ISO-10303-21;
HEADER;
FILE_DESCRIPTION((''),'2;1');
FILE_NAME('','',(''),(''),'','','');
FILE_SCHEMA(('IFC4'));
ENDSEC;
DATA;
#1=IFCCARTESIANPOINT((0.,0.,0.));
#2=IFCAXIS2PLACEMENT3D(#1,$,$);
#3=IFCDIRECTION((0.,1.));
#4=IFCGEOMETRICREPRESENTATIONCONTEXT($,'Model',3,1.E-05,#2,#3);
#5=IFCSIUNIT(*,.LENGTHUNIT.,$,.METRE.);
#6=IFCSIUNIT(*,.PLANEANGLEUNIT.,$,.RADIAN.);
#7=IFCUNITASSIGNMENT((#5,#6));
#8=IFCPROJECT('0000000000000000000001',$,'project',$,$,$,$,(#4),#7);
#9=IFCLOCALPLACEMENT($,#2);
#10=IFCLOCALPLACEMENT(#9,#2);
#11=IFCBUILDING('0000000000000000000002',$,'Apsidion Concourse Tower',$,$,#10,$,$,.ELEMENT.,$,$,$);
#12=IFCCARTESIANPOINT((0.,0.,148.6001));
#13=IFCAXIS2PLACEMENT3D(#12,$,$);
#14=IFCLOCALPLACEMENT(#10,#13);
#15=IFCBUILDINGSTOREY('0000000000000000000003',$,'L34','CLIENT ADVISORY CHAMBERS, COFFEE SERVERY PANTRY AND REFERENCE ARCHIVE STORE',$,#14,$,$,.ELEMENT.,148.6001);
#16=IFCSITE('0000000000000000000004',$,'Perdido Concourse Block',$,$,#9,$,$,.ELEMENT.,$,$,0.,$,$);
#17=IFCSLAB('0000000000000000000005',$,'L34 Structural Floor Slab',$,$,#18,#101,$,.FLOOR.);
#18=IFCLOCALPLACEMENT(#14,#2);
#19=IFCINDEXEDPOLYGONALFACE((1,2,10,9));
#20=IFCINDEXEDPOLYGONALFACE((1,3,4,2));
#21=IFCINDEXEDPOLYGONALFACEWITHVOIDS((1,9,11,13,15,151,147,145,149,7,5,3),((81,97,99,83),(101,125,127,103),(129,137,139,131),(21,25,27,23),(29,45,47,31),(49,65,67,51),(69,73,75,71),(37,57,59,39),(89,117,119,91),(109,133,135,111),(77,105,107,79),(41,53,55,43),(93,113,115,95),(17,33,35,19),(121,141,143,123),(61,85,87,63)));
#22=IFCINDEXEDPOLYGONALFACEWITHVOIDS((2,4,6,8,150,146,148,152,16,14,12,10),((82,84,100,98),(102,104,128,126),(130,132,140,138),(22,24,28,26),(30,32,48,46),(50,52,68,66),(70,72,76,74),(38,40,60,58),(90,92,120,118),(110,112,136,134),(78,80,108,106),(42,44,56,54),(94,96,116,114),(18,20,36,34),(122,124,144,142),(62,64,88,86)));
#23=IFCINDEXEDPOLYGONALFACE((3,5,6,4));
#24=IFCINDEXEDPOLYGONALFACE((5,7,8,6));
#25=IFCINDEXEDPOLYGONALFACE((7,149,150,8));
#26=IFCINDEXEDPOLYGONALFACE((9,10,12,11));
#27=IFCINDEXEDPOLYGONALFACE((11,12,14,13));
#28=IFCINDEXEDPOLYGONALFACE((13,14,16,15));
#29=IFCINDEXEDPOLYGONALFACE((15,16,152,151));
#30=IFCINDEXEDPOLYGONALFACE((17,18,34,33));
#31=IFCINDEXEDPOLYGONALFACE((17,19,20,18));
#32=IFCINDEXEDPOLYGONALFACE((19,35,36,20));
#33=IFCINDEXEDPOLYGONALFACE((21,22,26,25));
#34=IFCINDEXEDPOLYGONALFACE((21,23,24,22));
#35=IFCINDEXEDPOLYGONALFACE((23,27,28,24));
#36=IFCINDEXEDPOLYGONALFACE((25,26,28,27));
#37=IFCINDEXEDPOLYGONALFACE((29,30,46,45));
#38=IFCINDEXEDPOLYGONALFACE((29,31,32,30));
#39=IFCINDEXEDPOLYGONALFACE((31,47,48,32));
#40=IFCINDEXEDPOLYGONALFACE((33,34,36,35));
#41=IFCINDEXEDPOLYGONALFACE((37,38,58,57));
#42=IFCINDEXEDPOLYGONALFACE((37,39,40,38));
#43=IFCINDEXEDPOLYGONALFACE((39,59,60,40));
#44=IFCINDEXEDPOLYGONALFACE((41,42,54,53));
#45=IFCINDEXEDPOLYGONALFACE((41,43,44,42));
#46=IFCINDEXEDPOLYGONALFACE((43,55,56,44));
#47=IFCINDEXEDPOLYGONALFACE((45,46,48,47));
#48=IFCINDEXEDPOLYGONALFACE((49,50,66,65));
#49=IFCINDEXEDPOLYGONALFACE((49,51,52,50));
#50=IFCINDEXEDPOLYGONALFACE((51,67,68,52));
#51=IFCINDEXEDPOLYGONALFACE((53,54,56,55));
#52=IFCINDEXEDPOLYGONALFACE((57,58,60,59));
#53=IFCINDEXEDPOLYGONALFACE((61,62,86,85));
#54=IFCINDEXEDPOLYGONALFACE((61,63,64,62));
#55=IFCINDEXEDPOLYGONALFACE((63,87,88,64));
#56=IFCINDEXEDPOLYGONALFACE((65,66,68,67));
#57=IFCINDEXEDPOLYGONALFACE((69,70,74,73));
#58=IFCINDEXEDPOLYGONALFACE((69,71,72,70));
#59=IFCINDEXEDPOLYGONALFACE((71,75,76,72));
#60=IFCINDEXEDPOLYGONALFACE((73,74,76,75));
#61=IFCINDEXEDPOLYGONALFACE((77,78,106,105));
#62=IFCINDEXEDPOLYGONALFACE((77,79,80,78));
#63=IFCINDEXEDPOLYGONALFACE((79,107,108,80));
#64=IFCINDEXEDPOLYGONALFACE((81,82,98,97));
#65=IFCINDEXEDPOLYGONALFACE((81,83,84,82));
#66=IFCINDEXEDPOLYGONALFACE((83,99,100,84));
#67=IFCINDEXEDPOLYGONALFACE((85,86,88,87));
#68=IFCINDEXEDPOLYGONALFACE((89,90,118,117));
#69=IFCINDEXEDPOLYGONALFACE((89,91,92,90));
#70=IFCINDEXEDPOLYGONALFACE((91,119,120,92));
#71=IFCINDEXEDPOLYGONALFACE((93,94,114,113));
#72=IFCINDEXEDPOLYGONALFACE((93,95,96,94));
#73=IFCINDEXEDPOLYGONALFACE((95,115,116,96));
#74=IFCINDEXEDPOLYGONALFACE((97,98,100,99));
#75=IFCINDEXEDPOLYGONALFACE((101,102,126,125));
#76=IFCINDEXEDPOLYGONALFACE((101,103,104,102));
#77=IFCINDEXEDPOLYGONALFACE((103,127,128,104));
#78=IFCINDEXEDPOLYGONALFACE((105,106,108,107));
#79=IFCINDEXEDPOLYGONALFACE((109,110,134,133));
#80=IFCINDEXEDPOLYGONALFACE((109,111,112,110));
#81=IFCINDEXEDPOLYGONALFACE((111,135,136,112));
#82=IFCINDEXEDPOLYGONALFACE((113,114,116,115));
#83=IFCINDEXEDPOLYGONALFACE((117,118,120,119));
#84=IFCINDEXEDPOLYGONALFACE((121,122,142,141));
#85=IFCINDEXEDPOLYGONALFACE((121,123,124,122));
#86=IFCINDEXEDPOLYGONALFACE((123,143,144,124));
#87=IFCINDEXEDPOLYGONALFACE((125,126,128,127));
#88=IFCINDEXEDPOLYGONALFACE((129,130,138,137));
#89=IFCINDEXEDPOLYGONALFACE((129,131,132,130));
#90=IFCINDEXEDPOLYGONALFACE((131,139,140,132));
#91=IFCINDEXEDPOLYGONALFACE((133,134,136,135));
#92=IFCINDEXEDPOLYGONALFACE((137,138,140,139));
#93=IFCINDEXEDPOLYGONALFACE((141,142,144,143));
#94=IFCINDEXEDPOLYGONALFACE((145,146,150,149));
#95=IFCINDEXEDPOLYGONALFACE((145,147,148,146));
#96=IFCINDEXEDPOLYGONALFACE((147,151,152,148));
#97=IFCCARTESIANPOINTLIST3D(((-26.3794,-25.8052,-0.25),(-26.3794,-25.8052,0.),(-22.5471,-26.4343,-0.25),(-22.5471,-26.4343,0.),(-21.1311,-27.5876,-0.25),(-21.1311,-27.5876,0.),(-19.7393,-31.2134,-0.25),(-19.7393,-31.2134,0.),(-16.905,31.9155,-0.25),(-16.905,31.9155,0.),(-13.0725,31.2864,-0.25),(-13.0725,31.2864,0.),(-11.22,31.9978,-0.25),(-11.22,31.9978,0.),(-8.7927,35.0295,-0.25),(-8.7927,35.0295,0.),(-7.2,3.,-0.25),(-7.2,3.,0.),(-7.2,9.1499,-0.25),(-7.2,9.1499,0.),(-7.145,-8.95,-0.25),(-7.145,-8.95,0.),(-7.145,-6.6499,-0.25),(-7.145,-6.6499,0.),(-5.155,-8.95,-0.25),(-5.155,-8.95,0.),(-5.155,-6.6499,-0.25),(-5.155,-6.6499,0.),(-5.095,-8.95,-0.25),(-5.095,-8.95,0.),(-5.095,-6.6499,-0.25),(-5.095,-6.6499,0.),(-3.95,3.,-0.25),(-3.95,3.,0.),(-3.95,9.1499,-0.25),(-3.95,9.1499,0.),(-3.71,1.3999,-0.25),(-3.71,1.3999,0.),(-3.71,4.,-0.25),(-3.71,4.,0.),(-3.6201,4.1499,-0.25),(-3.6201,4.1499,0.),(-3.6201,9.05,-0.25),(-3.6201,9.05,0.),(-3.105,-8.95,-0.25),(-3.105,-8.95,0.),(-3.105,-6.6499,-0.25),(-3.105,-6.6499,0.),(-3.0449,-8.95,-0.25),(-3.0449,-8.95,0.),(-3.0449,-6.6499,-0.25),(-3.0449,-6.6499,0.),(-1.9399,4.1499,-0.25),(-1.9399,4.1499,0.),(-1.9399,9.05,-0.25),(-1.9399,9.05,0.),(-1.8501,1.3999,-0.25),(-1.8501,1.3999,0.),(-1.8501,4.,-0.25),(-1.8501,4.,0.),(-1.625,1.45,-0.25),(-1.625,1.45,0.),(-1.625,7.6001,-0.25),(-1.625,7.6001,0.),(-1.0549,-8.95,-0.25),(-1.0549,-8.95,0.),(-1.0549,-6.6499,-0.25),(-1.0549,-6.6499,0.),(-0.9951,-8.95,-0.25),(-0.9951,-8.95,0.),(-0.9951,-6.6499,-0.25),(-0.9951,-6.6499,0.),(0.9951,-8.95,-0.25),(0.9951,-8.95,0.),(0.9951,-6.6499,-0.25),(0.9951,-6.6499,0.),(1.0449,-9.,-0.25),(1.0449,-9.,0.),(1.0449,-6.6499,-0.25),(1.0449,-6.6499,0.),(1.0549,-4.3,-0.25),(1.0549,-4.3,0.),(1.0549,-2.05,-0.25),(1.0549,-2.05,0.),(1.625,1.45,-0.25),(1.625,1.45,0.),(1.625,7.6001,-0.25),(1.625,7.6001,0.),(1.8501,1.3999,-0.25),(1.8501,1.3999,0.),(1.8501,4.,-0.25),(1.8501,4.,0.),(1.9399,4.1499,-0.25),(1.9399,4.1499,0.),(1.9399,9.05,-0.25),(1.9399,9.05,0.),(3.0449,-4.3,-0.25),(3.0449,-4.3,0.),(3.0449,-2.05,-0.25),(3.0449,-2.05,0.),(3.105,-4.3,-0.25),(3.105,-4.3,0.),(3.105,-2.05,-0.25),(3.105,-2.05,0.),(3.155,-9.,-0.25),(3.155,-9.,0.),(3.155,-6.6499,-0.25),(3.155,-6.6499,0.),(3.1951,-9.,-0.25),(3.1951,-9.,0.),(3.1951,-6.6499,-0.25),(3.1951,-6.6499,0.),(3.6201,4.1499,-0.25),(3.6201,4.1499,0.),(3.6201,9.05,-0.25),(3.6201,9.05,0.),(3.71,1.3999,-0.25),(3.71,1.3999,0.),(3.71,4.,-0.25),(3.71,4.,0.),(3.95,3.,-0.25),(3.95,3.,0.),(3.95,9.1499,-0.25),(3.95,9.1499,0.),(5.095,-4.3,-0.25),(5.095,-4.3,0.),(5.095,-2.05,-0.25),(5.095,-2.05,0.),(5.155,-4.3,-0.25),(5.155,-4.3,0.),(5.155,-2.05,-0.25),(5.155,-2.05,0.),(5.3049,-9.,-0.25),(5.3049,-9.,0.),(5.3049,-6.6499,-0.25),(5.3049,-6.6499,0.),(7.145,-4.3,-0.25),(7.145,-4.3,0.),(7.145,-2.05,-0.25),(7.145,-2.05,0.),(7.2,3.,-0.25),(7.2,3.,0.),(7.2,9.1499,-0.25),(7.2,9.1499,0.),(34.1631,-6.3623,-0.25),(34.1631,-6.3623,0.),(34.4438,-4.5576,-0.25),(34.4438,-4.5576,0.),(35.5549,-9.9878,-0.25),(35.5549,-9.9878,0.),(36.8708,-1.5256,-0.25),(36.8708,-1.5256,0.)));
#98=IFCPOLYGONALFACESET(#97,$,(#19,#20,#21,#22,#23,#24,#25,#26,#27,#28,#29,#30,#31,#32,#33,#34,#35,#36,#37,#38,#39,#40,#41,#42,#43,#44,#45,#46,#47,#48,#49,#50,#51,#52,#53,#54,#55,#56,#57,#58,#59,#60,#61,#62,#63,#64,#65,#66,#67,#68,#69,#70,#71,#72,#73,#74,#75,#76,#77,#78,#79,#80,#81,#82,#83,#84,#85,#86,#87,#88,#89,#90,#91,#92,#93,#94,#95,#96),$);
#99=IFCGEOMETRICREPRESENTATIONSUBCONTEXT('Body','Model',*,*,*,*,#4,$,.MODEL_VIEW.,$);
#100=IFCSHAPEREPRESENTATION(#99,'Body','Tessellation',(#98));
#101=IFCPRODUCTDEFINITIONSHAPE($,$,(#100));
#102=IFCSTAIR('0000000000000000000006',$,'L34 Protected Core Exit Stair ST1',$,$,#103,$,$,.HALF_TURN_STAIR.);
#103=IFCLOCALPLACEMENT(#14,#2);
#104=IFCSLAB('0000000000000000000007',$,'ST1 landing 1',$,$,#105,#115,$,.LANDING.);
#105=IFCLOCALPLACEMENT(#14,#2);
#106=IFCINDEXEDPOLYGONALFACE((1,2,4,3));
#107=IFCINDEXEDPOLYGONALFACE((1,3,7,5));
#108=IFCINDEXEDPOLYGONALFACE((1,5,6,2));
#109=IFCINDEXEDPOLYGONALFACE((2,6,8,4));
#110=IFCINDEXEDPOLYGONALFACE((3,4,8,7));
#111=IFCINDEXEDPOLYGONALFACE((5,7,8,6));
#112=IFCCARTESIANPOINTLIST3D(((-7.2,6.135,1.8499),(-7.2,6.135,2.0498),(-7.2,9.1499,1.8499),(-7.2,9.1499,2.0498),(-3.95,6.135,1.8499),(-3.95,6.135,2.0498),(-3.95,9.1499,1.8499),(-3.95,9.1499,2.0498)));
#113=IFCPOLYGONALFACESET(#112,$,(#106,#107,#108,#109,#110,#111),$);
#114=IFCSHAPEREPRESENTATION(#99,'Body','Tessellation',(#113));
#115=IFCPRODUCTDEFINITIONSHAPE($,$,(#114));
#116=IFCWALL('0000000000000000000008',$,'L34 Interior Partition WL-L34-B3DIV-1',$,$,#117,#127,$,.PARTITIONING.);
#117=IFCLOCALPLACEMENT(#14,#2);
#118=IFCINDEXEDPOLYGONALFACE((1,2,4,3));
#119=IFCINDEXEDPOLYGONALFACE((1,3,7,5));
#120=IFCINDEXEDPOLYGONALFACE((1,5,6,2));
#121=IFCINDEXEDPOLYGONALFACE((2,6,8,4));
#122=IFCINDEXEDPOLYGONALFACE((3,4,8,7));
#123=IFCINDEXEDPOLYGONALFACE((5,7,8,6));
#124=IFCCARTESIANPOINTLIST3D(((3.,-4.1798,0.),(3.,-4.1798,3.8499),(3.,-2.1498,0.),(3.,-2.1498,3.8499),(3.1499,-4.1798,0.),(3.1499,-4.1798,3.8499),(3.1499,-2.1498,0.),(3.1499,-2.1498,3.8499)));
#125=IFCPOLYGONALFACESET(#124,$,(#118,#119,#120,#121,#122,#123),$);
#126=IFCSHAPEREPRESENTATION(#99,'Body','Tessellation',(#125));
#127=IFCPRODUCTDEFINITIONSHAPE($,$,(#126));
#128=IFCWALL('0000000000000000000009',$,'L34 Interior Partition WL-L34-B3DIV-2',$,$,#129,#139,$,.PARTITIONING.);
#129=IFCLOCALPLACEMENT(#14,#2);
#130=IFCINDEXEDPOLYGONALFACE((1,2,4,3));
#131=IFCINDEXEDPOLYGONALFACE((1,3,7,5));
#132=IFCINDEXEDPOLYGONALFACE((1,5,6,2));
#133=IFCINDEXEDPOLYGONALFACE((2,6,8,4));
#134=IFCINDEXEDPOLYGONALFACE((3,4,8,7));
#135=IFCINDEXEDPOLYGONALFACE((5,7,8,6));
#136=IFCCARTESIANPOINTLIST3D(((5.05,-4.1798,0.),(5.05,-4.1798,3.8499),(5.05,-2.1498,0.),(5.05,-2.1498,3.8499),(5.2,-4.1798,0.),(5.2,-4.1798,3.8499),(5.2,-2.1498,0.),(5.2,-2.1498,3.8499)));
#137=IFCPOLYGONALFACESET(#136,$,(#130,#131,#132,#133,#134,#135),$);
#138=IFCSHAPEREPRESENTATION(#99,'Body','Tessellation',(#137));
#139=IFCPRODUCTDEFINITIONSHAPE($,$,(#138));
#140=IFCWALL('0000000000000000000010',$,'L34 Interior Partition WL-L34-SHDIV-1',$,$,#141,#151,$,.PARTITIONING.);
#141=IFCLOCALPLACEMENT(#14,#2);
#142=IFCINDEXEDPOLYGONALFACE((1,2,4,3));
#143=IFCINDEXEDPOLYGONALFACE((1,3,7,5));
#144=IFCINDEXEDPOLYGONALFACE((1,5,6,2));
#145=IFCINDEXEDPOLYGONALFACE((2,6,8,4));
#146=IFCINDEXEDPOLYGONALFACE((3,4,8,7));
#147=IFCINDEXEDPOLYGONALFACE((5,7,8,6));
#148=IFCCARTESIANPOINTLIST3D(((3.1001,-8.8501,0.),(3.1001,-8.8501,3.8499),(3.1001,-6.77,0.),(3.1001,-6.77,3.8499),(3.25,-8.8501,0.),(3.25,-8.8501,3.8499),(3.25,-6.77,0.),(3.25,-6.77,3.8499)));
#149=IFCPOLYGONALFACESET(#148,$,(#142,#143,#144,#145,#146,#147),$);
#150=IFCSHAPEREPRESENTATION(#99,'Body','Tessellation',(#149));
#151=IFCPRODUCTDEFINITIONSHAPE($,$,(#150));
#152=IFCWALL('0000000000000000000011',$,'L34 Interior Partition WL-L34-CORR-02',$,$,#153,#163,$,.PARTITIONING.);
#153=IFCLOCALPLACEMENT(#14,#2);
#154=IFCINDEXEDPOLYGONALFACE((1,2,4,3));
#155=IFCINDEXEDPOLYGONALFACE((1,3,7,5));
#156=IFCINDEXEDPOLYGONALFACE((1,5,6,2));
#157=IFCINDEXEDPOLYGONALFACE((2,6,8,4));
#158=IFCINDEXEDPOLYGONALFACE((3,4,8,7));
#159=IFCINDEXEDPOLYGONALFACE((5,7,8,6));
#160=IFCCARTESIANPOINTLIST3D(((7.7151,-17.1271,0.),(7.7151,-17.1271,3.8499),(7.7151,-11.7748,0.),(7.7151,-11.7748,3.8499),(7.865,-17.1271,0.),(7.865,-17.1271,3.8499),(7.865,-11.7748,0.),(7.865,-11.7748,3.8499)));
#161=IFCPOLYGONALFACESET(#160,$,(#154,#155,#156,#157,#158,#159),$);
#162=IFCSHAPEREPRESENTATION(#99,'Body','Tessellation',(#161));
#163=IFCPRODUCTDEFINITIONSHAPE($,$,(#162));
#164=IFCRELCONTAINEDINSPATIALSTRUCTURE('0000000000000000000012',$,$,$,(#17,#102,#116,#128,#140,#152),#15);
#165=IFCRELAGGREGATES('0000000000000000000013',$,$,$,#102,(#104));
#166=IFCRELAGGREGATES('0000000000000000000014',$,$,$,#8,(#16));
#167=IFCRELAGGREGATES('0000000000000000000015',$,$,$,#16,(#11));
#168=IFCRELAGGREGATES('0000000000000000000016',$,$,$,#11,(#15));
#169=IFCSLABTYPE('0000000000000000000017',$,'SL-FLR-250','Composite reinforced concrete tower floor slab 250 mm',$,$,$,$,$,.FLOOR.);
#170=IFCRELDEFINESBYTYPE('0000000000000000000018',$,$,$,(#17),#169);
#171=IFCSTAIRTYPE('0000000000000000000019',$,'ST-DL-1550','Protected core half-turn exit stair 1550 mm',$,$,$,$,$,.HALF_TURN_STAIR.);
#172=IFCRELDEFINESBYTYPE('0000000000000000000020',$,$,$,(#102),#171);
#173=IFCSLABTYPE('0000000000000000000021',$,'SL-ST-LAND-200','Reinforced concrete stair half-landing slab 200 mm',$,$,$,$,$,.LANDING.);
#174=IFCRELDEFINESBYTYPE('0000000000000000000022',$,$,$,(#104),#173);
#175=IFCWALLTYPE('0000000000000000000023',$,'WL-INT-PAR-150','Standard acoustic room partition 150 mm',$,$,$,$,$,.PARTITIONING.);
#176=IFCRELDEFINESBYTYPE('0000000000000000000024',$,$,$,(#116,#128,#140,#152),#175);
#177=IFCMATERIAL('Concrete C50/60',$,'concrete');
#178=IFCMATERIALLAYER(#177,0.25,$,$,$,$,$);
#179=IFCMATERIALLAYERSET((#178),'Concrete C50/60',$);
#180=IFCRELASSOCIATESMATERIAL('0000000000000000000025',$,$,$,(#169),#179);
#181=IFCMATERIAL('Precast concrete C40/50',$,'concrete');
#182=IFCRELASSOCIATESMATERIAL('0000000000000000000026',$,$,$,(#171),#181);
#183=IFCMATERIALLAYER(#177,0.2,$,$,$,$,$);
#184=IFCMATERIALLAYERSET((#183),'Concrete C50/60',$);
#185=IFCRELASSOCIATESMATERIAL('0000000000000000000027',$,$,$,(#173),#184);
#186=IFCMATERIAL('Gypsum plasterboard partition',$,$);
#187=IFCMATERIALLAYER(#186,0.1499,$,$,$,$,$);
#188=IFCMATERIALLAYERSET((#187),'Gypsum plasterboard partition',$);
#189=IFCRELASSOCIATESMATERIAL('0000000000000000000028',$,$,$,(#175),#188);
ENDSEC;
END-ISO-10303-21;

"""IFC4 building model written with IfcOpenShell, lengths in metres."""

from ifc_helpers import new_model, si_unit, direction, frame, frame_2d, origin, place, context, subcontext, project, spatial, polyline, rectangle, outline, extrude, material, layer, layer_set, type_object, element, aggregate, save


model = new_model("IFC4")

# Units and contexts
model_context = context("Model", 3, precision=1e-05, world=origin(), true_north=direction((0.0, 1.0)))
body_context = subcontext(model_context, "Body", "Model", "MODEL_VIEW")
ifc_project = project(units=[si_unit("LENGTHUNIT", "METRE"), si_unit("PLANEANGLEUNIT", "RADIAN")], contexts=[model_context])

# Site, building, storey
site_placement = place(None, origin())
site = spatial("IfcSite", under=ifc_project, at=site_placement, Name="Perdido Concourse Block", CompositionType="ELEMENT", RefElevation=0.0)
building_placement = place(site_placement, origin())
building = spatial("IfcBuilding", under=site, at=building_placement, Name="Apsidion Concourse Tower", CompositionType="ELEMENT")
storey_placement = place(building_placement, frame((0.0, 0.0, 148.6001)))
storey = spatial("IfcBuildingStorey", under=building, at=storey_placement, Name="L34", Description="CLIENT ADVISORY CHAMBERS, COFFEE SERVERY PANTRY AND REFERENCE ARCHIVE STORE", CompositionType="ELEMENT", Elevation=148.6001)

# Shared definitions
ifc_material_1 = material(Name="Concrete C50/60", Category="concrete")

# Slab
ifc_layer_1 = layer(ifc_material_1, 0.25)
ifc_layer_set_1 = layer_set([ifc_layer_1], Name="Concrete C50/60")
slab_type_1 = type_object("IfcSlabType", Name="SL-FLR-250", Description="Composite reinforced concrete tower floor slab 250 mm", PredefinedType="FLOOR", material=ifc_layer_set_1)
slab_1_placement = place(storey_placement, frame((0.0, 0.0, -0.25)))
element("IfcSlab", 1, at=slab_1_placement, inside=storey, type_object=slab_type_1, Name="L34 Structural Floor Slab", PredefinedType="FLOOR", context=body_context, shape_type="SweptSolid", body=[
    extrude(outline(polyline([(-8.7927, 35.0295), (-11.22, 31.9978), (-13.0725, 31.2864), (-16.905, 31.9155), (-26.3794, -25.8052), (-22.5471, -26.4343), (-21.1311, -27.5876), (-19.7393, -31.2134), (35.5549, -9.9878), (34.1631, -6.3623), (34.4438, -4.5576), (36.8708, -1.5256), (-8.7927, 35.0295)]), holes=[polyline([(-3.95, 3.0), (-3.95, 9.1499), (-7.2, 9.1499), (-7.2, 3.0), (-3.95, 3.0)]), polyline([(7.2, 3.0), (7.2, 9.1499), (3.95, 9.1499), (3.95, 3.0), (7.2, 3.0)]), polyline([(-1.625, 7.6001), (-1.625, 1.45), (1.625, 1.45), (1.625, 7.6001), (-1.625, 7.6001)]), polyline([(1.0549, -4.3), (3.0449, -4.3), (3.0449, -2.05), (1.0549, -2.05), (1.0549, -4.3)]), polyline([(3.105, -4.3), (5.095, -4.3), (5.095, -2.05), (3.105, -2.05), (3.105, -4.3)]), polyline([(5.155, -4.3), (7.145, -4.3), (7.145, -2.05), (5.155, -2.05), (5.155, -4.3)]), polyline([(-7.145, -8.95), (-5.155, -8.95), (-5.155, -6.6499), (-7.145, -6.6499), (-7.145, -8.95)]), polyline([(-5.095, -8.95), (-3.105, -8.95), (-3.105, -6.6499), (-5.095, -6.6499), (-5.095, -8.95)]), polyline([(-3.0449, -8.95), (-1.0549, -8.95), (-1.0549, -6.6499), (-3.0449, -6.6499), (-3.0449, -8.95)]), polyline([(-0.9951, -8.95), (0.9951, -8.95), (0.9951, -6.6499), (-0.9951, -6.6499), (-0.9951, -8.95)]), polyline([(1.0449, -9.0), (3.155, -9.0), (3.155, -6.6499), (1.0449, -6.6499), (1.0449, -9.0)]), polyline([(3.1951, -9.0), (5.3049, -9.0), (5.3049, -6.6499), (3.1951, -6.6499), (3.1951, -9.0)]), polyline([(-3.71, 1.3999), (-1.8501, 1.3999), (-1.8501, 4.0), (-3.71, 4.0), (-3.71, 1.3999)]), polyline([(1.8501, 1.3999), (3.71, 1.3999), (3.71, 4.0), (1.8501, 4.0), (1.8501, 1.3999)]), polyline([(-3.6201, 4.1499), (-1.9399, 4.1499), (-1.9399, 9.05), (-3.6201, 9.05), (-3.6201, 4.1499)]), polyline([(1.9399, 4.1499), (3.6201, 4.1499), (3.6201, 9.05), (1.9399, 9.05), (1.9399, 4.1499)])]), origin(), (0.0, 0.0, 1.0), 0.25),
])

# Stair, slab
ifc_material_2 = material(Name="Precast concrete C40/50", Category="concrete")
stair_type = type_object("IfcStairType", Name="ST-DL-1550", Description="Protected core half-turn exit stair 1550 mm", PredefinedType="HALF_TURN_STAIR", material=ifc_material_2)
stair_placement = place(storey_placement, origin())
stair = element("IfcStair", 2, at=stair_placement, inside=storey, type_object=stair_type, Name="L34 Protected Core Exit Stair ST1", PredefinedType="HALF_TURN_STAIR")
ifc_layer_2 = layer(ifc_material_1, 0.2)
ifc_layer_set_2 = layer_set([ifc_layer_2], Name="Concrete C50/60")
slab_type_2 = type_object("IfcSlabType", Name="SL-ST-LAND-200", Description="Reinforced concrete stair half-landing slab 200 mm", PredefinedType="LANDING", material=ifc_layer_set_2)
slab_2_placement = place(storey_placement, frame((0.0, 0.0, 1.8499)))
slab_2 = element("IfcSlab", 3, at=slab_2_placement, type_object=slab_type_2, Name="ST1 landing 1", PredefinedType="LANDING", context=body_context, shape_type="SweptSolid", body=[
    extrude(outline(polyline([(-3.95, 6.135), (-3.95, 9.1499), (-7.2, 9.1499), (-7.2, 6.135), (-3.95, 6.135)])), origin(), (0.0, 0.0, 1.0), 0.2),
])
aggregate(stair, [slab_2])

# Walls
ifc_material_3 = material(Name="Gypsum plasterboard partition")
ifc_layer_3 = layer(ifc_material_3, 0.1499)
ifc_layer_set_3 = layer_set([ifc_layer_3], Name="Gypsum plasterboard partition")
wall_type_1 = type_object("IfcWallType", Name="WL-INT-PAR-150", Description="Standard acoustic room partition 150 mm", PredefinedType="PARTITIONING", material=ifc_layer_set_3)
for number, where, z_axis, x_axis, name in (
    (4, (3.075, -4.1799, 0.0), (0.0, 0.0, 1.0), (0.0, 1.0, 0.0), "L34 Interior Partition WL-L34-B3DIV-1"),
    (5, (5.125, -4.1799, 0.0), (0.0, 0.0, 1.0), (0.0, 1.0, 0.0), "L34 Interior Partition WL-L34-B3DIV-2"),
):
    element("IfcWall", number, at=place(storey_placement, frame(where, z_axis=z_axis, x_axis=x_axis)), inside=storey, type_object=wall_type_1, Name=name, PredefinedType="PARTITIONING", context=body_context, shape_type="SweptSolid", body=[
        extrude(rectangle(XDim=2.03, YDim=0.1499, at=frame_2d((1.0151, 0.0))), origin(), (0.0, 0.0, 1.0), 3.8499),
    ])
wall_1_placement = place(storey_placement, frame((3.175, -8.8501, 0.0), z_axis=(0.0, 0.0, 1.0), x_axis=(0.0, 1.0, 0.0)))
element("IfcWall", 6, at=wall_1_placement, inside=storey, type_object=wall_type_1, Name="L34 Interior Partition WL-L34-SHDIV-1", PredefinedType="PARTITIONING", context=body_context, shape_type="SweptSolid", body=[
    extrude(rectangle(XDim=2.0801, YDim=0.1499, at=frame_2d((1.04, 0.0))), origin(), (0.0, 0.0, 1.0), 3.8499),
])
wall_2_placement = place(storey_placement, frame((7.79, -17.1272, 0.0), z_axis=(0.0, 0.0, 1.0), x_axis=(0.0, 1.0, 0.0)))
element("IfcWall", 7, at=wall_2_placement, inside=storey, type_object=wall_type_1, Name="L34 Interior Partition WL-L34-CORR-02", PredefinedType="PARTITIONING", context=body_context, shape_type="SweptSolid", body=[
    extrude(rectangle(XDim=5.3523, YDim=0.1499, at=frame_2d((2.6763, 0.0))), origin(), (0.0, 0.0, 1.0), 3.8499),
])

save(model, "model.ifc")
